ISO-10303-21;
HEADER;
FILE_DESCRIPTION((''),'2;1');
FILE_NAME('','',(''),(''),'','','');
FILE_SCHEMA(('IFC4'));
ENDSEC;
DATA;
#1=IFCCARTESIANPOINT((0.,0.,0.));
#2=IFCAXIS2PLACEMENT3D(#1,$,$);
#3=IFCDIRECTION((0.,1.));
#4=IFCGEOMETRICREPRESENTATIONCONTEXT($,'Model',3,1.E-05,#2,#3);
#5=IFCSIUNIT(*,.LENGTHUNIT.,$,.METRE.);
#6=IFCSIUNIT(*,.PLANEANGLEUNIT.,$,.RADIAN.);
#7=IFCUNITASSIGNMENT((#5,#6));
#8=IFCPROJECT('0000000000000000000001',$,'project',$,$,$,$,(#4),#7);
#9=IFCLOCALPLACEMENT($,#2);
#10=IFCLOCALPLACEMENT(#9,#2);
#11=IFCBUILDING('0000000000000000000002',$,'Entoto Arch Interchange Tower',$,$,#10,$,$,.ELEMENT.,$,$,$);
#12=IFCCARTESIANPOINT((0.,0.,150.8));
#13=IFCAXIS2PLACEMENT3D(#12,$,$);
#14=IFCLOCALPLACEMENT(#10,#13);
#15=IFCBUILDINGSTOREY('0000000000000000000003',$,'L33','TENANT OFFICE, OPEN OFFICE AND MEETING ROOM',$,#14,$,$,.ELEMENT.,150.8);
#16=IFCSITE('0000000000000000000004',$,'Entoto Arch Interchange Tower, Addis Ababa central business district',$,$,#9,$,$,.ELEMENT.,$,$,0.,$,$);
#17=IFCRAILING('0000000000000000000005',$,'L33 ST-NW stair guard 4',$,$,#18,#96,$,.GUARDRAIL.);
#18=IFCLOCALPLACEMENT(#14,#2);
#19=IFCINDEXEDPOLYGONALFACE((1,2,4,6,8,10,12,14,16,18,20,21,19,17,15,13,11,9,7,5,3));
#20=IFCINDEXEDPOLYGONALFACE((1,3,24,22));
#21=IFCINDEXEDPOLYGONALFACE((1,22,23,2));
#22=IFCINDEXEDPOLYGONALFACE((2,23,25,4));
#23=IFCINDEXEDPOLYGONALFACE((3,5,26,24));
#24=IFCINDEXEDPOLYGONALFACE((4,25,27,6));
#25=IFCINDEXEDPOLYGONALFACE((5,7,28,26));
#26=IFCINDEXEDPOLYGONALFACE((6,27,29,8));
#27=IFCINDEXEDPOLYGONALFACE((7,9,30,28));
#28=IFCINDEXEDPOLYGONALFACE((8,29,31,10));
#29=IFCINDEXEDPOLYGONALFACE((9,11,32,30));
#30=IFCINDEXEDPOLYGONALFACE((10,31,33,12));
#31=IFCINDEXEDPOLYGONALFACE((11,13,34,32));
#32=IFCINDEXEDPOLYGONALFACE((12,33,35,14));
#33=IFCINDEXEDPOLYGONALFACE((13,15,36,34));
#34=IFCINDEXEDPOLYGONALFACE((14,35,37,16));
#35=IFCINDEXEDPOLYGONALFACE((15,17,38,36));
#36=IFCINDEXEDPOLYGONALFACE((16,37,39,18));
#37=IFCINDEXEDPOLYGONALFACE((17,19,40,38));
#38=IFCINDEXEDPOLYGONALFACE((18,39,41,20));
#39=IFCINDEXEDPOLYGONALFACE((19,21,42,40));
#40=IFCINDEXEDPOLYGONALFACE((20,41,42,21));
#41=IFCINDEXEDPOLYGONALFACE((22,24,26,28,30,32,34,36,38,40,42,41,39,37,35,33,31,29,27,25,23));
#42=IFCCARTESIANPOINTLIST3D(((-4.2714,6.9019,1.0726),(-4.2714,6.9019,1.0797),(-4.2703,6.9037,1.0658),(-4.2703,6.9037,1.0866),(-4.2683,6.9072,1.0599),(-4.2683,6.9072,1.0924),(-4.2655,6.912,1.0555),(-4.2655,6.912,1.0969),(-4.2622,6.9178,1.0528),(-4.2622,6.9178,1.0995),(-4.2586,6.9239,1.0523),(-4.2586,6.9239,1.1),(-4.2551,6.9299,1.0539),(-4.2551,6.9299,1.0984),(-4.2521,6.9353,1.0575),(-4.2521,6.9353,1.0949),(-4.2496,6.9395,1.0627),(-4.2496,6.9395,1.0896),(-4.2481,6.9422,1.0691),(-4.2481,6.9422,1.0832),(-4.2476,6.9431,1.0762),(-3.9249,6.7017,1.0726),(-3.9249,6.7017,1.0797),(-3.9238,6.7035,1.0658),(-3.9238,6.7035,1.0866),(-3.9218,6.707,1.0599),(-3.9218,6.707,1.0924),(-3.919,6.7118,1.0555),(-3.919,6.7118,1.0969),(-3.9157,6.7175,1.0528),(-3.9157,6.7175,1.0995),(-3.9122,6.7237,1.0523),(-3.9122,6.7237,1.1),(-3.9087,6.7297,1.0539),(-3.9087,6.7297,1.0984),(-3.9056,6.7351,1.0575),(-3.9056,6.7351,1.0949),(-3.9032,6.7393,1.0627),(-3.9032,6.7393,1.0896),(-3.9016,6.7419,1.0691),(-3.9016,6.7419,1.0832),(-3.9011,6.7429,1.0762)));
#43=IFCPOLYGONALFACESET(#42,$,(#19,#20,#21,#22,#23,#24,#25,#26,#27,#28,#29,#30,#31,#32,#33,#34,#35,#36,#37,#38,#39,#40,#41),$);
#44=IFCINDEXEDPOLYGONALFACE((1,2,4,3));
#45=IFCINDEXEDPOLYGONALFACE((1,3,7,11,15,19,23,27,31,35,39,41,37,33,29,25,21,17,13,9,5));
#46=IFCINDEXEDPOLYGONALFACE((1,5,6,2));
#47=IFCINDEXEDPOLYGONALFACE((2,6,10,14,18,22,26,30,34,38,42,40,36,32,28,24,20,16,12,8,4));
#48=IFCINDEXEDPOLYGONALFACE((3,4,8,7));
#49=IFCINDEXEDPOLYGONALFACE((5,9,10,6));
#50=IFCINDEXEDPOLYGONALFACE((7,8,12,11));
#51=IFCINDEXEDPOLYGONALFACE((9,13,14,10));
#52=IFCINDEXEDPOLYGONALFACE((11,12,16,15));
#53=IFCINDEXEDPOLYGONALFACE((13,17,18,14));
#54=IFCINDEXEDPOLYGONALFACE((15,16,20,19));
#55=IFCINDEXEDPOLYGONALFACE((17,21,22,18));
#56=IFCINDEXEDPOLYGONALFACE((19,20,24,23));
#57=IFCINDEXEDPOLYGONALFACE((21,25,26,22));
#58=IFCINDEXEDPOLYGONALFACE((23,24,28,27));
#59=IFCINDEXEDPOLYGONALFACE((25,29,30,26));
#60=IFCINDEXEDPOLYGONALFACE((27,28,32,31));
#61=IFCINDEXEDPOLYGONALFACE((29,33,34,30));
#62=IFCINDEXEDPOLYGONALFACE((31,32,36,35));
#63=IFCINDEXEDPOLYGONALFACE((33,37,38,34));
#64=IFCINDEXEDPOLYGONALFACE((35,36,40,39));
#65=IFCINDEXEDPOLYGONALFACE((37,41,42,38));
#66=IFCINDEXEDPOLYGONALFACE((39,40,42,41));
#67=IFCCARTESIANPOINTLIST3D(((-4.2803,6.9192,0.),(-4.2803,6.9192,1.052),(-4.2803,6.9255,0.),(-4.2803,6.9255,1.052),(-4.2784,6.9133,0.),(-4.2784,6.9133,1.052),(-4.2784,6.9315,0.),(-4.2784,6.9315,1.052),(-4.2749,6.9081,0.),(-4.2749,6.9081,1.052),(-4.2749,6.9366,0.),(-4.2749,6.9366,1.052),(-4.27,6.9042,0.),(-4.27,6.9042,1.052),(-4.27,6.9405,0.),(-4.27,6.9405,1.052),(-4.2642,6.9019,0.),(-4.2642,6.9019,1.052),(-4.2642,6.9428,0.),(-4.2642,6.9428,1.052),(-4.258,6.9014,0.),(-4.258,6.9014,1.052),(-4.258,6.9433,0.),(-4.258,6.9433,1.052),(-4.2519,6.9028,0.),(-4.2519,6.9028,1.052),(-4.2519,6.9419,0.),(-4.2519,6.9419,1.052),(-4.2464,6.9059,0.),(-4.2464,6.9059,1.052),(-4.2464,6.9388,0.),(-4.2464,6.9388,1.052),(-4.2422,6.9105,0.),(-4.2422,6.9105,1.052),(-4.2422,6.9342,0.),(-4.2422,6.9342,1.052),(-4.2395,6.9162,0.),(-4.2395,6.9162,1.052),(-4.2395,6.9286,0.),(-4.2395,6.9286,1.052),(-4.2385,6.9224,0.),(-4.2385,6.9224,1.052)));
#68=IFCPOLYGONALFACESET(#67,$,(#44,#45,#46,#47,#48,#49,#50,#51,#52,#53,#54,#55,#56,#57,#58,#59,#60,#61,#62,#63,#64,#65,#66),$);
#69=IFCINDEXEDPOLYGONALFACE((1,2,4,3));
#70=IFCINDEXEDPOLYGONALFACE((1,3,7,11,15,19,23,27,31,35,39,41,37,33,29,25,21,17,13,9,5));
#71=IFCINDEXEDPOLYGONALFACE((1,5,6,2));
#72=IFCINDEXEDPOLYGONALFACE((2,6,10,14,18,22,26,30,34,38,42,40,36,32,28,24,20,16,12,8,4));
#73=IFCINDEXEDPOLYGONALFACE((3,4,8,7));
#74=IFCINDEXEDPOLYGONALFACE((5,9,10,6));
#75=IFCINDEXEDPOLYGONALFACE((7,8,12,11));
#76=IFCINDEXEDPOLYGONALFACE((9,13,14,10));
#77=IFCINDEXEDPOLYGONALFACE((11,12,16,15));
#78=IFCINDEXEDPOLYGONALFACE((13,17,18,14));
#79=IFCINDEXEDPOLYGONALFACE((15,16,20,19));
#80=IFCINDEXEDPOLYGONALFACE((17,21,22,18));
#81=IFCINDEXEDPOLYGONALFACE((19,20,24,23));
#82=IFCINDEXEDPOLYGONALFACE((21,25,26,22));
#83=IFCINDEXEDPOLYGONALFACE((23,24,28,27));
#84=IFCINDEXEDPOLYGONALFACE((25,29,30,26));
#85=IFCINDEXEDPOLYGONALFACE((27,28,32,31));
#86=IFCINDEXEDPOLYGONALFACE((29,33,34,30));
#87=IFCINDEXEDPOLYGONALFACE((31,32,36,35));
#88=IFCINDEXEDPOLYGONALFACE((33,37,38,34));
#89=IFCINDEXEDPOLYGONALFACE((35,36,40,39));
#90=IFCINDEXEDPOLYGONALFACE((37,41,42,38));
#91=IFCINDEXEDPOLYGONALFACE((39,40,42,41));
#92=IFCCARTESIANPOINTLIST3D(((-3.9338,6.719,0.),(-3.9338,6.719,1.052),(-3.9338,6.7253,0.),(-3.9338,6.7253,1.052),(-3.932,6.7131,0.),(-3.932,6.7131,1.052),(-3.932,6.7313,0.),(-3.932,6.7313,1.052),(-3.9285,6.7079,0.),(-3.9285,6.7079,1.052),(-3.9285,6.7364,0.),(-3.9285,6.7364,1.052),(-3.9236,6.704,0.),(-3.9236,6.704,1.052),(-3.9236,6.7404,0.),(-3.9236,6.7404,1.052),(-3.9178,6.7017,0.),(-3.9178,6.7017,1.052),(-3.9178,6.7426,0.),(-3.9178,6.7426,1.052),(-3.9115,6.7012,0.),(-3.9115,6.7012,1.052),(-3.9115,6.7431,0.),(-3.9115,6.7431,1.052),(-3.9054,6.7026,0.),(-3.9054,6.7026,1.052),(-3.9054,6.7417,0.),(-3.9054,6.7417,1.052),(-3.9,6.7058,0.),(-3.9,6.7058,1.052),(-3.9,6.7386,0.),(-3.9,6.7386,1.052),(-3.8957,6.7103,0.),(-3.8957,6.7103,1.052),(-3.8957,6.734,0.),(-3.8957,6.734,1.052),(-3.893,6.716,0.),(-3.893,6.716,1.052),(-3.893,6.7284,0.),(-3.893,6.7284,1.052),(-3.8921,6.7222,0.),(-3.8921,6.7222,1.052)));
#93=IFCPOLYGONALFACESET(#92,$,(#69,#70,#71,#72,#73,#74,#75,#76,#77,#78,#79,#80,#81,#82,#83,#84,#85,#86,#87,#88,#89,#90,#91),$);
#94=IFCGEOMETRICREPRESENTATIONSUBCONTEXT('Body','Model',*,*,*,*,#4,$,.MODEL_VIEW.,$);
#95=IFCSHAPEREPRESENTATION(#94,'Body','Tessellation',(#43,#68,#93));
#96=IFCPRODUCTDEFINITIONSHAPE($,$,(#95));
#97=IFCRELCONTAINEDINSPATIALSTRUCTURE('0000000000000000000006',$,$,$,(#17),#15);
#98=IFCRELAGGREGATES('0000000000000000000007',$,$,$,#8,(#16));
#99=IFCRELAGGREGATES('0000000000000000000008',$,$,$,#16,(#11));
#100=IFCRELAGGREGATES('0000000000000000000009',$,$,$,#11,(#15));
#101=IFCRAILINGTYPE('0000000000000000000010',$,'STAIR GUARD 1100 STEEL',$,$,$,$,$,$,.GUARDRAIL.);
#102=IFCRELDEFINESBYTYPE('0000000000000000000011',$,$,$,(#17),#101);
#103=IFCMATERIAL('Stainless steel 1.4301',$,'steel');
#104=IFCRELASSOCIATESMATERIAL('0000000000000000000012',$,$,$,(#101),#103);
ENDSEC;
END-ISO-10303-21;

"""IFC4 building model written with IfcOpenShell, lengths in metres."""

from ifc_helpers import new_model, si_unit, direction, frame, origin, origin_2d, place, context, subcontext, project, spatial, circle, extrude, material, type_object, element, save


model = new_model("IFC4")

# Units and contexts
model_context = context("Model", 3, precision=1e-05, world=origin(), true_north=direction((0.0, 1.0)))
body_context = subcontext(model_context, "Body", "Model", "MODEL_VIEW")
ifc_project = project(units=[si_unit("LENGTHUNIT", "METRE"), si_unit("PLANEANGLEUNIT", "RADIAN")], contexts=[model_context])

# Site, building, storey
site_placement = place(None, origin())
site = spatial("IfcSite", under=ifc_project, at=site_placement, Name="Entoto Arch Interchange Tower, Addis Ababa central business district", CompositionType="ELEMENT", RefElevation=0.0)
building_placement = place(site_placement, origin())
building = spatial("IfcBuilding", under=site, at=building_placement, Name="Entoto Arch Interchange Tower", CompositionType="ELEMENT")
storey_placement = place(building_placement, frame((0.0, 0.0, 150.8)))
storey = spatial("IfcBuildingStorey", under=building, at=storey_placement, Name="L33", Description="TENANT OFFICE, OPEN OFFICE AND MEETING ROOM", CompositionType="ELEMENT", Elevation=150.8)

# Railing
ifc_material_1 = material(Name="Stainless steel 1.4301", Category="steel")
railing_type_1 = type_object("IfcRailingType", Name="STAIR GUARD 1100 STEEL", PredefinedType="GUARDRAIL", material=ifc_material_1)
railing_1_placement = place(storey_placement, frame((-4.2595, 6.9224, 0.0)))
element("IfcRailing", 1, at=railing_1_placement, inside=storey, type_object=railing_type_1, Name="L33 ST-NW stair guard 4", PredefinedType="GUARDRAIL", context=body_context, shape_type="SweptSolid", body=[
    extrude(circle(Radius=0.0239, at=origin_2d()), frame((0.0, 0.0, 1.0762), z_axis=(0.86583, -0.500339, 0.0), x_axis=(0.500339, 0.86583, 0.0)), (0.0, 0.0, 1.0), 0.4001),
    extrude(circle(Radius=0.021, at=origin_2d()), origin(), (0.0, 0.0, 1.0), 1.052),
    extrude(circle(Radius=0.021, at=origin_2d()), frame((0.3464, -0.2002, 0.0)), (0.0, 0.0, 1.0), 1.052),
])

save(model, "model.ifc")
